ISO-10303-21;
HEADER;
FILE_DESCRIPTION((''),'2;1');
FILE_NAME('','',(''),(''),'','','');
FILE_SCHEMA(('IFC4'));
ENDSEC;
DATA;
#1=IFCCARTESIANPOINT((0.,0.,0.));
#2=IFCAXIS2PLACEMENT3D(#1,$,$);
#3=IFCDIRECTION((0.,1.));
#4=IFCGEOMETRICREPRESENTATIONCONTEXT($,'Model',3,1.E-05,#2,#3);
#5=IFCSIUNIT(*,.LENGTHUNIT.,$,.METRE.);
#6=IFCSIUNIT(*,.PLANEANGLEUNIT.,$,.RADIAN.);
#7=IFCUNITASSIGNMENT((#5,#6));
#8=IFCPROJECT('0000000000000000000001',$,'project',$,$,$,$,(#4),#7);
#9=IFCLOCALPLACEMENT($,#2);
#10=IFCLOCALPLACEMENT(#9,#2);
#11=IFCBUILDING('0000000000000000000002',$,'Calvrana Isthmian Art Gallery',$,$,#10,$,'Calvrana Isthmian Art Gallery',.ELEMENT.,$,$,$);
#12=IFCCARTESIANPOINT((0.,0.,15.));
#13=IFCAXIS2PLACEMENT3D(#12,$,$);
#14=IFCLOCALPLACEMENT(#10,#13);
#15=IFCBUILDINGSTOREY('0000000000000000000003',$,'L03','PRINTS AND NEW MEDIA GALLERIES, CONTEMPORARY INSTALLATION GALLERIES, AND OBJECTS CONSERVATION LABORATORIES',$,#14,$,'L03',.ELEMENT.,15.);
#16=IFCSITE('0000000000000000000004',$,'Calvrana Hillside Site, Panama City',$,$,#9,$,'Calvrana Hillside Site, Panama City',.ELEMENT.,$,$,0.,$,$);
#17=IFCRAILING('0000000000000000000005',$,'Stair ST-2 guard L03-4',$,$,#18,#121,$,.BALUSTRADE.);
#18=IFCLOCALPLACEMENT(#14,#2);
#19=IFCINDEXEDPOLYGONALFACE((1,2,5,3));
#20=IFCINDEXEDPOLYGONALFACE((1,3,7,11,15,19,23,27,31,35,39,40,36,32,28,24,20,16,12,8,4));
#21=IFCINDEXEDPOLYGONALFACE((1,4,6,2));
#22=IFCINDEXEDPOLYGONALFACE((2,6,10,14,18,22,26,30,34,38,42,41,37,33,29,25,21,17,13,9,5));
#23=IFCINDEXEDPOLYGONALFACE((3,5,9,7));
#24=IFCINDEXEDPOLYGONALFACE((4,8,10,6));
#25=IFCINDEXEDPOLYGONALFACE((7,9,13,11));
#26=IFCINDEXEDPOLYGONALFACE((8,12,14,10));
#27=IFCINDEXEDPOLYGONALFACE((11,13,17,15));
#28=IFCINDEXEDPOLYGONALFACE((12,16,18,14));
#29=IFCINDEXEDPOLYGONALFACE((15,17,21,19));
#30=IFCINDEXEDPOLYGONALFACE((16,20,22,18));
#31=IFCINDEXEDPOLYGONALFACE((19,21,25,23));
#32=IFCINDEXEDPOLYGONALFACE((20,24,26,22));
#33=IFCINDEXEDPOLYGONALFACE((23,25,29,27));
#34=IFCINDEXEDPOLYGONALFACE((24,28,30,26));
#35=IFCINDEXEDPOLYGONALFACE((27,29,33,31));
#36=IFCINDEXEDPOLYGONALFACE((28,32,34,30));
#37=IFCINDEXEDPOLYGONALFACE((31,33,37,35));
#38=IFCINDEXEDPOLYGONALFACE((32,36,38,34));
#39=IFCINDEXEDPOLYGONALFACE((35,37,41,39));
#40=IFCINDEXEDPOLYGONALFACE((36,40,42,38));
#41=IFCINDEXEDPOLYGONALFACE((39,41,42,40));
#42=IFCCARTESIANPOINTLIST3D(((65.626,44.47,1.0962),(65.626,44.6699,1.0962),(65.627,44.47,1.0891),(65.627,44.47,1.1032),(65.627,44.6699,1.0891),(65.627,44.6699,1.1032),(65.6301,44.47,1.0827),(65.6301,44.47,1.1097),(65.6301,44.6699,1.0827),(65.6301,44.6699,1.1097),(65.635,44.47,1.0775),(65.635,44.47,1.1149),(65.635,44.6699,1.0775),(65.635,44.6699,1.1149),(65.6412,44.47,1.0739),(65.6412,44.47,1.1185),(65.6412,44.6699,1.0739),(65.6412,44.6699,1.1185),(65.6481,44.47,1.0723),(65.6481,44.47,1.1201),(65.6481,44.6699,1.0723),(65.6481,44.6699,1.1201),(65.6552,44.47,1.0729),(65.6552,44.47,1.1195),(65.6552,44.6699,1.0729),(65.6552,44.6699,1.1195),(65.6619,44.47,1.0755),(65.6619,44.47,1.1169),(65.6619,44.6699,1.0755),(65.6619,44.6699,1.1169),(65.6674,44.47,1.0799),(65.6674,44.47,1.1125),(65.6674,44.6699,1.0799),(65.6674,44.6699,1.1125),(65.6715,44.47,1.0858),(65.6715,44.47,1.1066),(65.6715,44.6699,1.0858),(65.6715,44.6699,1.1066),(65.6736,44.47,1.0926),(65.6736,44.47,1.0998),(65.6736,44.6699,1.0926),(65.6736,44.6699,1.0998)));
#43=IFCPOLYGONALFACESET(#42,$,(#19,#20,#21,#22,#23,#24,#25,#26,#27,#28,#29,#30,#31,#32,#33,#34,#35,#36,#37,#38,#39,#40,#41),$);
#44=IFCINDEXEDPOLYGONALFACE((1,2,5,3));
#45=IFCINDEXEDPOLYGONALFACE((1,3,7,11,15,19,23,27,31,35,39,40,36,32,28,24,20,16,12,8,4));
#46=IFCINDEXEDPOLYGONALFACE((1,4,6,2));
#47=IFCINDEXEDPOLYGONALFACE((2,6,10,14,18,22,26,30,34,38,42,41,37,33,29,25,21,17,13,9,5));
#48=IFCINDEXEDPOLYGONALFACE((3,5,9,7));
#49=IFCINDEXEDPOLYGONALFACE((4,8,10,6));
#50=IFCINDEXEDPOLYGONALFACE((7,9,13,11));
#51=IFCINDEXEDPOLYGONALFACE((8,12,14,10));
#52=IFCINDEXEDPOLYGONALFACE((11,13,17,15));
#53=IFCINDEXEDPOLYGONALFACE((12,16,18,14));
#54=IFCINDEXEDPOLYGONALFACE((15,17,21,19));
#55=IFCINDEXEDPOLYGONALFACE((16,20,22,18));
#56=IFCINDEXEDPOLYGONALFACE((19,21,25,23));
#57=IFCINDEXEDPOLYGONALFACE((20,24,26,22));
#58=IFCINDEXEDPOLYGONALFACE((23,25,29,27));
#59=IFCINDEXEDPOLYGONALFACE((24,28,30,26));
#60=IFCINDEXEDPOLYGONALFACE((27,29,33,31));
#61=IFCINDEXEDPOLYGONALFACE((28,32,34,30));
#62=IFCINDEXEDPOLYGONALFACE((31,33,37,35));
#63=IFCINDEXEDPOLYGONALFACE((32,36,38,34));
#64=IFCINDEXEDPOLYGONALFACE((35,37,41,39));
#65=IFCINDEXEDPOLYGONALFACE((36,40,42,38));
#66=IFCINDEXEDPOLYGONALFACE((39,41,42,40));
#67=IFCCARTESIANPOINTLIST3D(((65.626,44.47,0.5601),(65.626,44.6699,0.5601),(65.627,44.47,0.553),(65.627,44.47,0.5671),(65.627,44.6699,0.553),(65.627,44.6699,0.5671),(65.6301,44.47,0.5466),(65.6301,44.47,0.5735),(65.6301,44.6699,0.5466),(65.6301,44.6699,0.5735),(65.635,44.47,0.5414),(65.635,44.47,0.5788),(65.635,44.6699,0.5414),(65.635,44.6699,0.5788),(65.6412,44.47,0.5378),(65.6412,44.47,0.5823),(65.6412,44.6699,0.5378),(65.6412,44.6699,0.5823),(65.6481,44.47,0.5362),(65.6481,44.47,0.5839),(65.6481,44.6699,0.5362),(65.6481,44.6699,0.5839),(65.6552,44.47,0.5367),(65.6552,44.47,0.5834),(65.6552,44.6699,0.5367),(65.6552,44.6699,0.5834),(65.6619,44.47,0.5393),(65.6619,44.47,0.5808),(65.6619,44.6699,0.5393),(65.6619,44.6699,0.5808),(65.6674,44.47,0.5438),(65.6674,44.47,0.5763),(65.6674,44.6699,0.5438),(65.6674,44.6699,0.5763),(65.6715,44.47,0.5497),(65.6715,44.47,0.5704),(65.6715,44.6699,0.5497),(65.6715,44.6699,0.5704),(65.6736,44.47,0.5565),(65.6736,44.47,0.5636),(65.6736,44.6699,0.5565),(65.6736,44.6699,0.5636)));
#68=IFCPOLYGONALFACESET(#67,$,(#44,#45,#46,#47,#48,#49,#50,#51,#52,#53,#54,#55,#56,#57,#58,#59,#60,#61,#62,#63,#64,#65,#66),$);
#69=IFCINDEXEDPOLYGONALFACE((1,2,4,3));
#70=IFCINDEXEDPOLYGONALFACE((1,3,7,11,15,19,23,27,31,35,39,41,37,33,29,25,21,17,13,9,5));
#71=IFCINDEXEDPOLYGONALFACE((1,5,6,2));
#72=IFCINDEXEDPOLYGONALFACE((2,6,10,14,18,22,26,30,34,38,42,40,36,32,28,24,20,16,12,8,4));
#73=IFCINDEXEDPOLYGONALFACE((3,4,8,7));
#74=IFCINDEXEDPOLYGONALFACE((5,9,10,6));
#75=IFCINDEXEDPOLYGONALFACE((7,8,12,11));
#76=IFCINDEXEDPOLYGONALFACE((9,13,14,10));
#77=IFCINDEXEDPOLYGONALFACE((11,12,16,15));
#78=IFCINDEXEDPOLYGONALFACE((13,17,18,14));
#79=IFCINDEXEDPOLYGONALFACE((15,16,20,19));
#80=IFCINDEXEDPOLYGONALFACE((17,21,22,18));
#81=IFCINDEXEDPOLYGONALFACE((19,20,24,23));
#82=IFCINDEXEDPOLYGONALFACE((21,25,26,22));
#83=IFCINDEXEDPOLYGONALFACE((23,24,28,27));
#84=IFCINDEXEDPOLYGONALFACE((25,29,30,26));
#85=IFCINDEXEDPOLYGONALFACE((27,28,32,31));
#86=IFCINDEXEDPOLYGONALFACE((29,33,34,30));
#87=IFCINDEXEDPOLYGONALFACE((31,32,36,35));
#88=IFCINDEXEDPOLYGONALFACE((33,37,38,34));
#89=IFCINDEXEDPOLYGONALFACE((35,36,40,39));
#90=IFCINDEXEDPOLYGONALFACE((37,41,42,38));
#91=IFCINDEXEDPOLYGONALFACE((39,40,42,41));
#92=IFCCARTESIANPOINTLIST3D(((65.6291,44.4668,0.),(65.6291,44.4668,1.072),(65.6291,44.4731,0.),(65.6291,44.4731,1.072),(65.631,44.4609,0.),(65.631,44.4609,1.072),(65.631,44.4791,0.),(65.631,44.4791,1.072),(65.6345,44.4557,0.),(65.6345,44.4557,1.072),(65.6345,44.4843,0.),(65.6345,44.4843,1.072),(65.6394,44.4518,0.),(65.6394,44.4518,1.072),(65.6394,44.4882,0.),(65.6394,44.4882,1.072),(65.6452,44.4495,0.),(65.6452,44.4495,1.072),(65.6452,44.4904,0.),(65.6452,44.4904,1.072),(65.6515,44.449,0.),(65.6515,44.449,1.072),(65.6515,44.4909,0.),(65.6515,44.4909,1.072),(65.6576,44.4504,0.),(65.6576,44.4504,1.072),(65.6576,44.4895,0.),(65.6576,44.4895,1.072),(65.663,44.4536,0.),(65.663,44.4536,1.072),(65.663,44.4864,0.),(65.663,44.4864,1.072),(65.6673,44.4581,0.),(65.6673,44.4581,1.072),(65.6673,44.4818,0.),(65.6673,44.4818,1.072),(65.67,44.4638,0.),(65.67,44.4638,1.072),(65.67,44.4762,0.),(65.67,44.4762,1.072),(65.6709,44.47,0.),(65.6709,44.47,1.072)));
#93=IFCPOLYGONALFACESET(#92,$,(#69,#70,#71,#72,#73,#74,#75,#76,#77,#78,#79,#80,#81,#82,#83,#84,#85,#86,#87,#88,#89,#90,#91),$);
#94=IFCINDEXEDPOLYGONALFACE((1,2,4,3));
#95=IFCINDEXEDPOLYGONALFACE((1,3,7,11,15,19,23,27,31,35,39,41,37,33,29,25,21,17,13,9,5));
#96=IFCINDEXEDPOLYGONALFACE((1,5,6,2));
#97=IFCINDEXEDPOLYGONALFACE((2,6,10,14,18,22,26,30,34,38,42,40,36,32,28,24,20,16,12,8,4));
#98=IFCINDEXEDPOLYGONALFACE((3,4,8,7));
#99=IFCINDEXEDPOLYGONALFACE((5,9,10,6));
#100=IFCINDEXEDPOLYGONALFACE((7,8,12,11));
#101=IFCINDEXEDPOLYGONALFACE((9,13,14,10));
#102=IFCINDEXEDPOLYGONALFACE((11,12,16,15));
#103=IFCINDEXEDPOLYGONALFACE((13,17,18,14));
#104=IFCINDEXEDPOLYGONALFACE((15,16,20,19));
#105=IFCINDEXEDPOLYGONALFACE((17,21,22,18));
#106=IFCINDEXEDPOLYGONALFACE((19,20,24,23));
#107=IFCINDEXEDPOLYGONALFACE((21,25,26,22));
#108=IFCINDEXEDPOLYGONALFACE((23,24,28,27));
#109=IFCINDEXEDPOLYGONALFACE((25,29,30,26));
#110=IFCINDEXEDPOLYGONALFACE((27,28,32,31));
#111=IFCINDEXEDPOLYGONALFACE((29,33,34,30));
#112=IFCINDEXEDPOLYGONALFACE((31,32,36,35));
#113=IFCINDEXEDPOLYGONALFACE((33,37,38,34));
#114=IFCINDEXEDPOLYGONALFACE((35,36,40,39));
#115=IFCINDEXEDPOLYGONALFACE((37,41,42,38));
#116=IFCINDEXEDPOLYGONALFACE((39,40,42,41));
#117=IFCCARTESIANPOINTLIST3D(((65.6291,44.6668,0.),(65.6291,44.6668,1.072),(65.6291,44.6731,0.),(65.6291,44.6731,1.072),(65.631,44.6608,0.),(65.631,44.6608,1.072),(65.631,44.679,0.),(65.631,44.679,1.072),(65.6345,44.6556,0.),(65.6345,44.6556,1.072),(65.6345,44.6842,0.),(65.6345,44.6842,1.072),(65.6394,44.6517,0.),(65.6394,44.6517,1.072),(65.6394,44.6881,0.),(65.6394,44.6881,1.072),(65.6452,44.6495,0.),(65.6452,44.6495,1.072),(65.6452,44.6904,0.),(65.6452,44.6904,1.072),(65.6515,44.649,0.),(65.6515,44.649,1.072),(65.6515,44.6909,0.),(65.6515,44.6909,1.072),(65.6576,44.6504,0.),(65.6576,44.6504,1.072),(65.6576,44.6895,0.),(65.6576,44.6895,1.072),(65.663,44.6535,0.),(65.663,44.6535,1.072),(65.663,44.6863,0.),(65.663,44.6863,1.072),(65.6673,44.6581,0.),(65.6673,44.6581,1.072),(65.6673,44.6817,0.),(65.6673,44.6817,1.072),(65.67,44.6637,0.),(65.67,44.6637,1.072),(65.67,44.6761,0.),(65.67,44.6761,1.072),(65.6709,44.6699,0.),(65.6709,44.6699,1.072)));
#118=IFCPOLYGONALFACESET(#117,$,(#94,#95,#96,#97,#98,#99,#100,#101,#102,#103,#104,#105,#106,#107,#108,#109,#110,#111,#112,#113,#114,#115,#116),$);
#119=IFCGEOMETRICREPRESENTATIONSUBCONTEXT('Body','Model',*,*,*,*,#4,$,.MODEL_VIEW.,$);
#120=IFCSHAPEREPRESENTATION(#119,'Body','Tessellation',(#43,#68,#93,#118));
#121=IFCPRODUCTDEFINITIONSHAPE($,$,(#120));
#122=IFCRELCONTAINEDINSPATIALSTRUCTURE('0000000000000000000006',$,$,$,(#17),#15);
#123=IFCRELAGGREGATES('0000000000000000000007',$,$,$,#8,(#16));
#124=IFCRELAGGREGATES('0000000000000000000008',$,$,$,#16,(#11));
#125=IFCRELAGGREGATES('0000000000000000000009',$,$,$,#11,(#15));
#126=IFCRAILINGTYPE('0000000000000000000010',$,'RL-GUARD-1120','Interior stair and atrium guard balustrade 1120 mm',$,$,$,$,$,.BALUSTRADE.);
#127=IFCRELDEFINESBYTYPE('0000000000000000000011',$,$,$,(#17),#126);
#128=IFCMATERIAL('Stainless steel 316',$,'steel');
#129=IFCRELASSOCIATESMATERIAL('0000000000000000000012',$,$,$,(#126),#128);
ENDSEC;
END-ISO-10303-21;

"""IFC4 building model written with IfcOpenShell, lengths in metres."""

from ifc_helpers import new_model, si_unit, direction, frame, origin, origin_2d, place, context, subcontext, project, spatial, circle, extrude, material, type_object, element, save


model = new_model("IFC4")

# Units and contexts
model_context = context("Model", 3, precision=1e-05, world=origin(), true_north=direction((0.0, 1.0)))
body_context = subcontext(model_context, "Body", "Model", "MODEL_VIEW")
ifc_project = project(units=[si_unit("LENGTHUNIT", "METRE"), si_unit("PLANEANGLEUNIT", "RADIAN")], contexts=[model_context])

# Site, building, storey
site_placement = place(None, origin())
site = spatial("IfcSite", under=ifc_project, at=site_placement, Name="Calvrana Hillside Site, Panama City", LongName="Calvrana Hillside Site, Panama City", CompositionType="ELEMENT", RefElevation=0.0)
building_placement = place(site_placement, origin())
building = spatial("IfcBuilding", under=site, at=building_placement, Name="Calvrana Isthmian Art Gallery", LongName="Calvrana Isthmian Art Gallery", CompositionType="ELEMENT")
storey_placement = place(building_placement, frame((0.0, 0.0, 15.0)))
storey = spatial("IfcBuildingStorey", under=building, at=storey_placement, Name="L03", Description="PRINTS AND NEW MEDIA GALLERIES, CONTEMPORARY INSTALLATION GALLERIES, AND OBJECTS CONSERVATION LABORATORIES", LongName="L03", CompositionType="ELEMENT", Elevation=15.0)

# Railing
ifc_material_1 = material(Name="Stainless steel 316", Category="steel")
railing_type_1 = type_object("IfcRailingType", Name="RL-GUARD-1120", Description="Interior stair and atrium guard balustrade 1120 mm", PredefinedType="BALUSTRADE", material=ifc_material_1)
railing_1_placement = place(storey_placement, frame((65.6499, 44.47, 0.0)))
element("IfcRailing", 1, at=railing_1_placement, inside=storey, type_object=railing_type_1, Name="Stair ST-2 guard L03-4", PredefinedType="BALUSTRADE", context=body_context, shape_type="SweptSolid", body=[
    extrude(circle(Radius=0.0239, at=origin_2d()), frame((0.0, 0.0, 1.0962), z_axis=(0.0, 1.0, 0.0), x_axis=(-1.0, 0.0, 0.0)), (0.0, 0.0, 1.0), 0.2),
    extrude(circle(Radius=0.0239, at=origin_2d()), frame((0.0, 0.0, 0.5601), z_axis=(0.0, 1.0, 0.0), x_axis=(-1.0, 0.0, 0.0)), (0.0, 0.0, 1.0), 0.2),
    extrude(circle(Radius=0.021, at=origin_2d()), origin(), (0.0, 0.0, 1.0), 1.072),
    extrude(circle(Radius=0.021, at=origin_2d()), frame((0.0, 0.2, 0.0)), (0.0, 0.0, 1.0), 1.072),
])

save(model, "model.ifc")
